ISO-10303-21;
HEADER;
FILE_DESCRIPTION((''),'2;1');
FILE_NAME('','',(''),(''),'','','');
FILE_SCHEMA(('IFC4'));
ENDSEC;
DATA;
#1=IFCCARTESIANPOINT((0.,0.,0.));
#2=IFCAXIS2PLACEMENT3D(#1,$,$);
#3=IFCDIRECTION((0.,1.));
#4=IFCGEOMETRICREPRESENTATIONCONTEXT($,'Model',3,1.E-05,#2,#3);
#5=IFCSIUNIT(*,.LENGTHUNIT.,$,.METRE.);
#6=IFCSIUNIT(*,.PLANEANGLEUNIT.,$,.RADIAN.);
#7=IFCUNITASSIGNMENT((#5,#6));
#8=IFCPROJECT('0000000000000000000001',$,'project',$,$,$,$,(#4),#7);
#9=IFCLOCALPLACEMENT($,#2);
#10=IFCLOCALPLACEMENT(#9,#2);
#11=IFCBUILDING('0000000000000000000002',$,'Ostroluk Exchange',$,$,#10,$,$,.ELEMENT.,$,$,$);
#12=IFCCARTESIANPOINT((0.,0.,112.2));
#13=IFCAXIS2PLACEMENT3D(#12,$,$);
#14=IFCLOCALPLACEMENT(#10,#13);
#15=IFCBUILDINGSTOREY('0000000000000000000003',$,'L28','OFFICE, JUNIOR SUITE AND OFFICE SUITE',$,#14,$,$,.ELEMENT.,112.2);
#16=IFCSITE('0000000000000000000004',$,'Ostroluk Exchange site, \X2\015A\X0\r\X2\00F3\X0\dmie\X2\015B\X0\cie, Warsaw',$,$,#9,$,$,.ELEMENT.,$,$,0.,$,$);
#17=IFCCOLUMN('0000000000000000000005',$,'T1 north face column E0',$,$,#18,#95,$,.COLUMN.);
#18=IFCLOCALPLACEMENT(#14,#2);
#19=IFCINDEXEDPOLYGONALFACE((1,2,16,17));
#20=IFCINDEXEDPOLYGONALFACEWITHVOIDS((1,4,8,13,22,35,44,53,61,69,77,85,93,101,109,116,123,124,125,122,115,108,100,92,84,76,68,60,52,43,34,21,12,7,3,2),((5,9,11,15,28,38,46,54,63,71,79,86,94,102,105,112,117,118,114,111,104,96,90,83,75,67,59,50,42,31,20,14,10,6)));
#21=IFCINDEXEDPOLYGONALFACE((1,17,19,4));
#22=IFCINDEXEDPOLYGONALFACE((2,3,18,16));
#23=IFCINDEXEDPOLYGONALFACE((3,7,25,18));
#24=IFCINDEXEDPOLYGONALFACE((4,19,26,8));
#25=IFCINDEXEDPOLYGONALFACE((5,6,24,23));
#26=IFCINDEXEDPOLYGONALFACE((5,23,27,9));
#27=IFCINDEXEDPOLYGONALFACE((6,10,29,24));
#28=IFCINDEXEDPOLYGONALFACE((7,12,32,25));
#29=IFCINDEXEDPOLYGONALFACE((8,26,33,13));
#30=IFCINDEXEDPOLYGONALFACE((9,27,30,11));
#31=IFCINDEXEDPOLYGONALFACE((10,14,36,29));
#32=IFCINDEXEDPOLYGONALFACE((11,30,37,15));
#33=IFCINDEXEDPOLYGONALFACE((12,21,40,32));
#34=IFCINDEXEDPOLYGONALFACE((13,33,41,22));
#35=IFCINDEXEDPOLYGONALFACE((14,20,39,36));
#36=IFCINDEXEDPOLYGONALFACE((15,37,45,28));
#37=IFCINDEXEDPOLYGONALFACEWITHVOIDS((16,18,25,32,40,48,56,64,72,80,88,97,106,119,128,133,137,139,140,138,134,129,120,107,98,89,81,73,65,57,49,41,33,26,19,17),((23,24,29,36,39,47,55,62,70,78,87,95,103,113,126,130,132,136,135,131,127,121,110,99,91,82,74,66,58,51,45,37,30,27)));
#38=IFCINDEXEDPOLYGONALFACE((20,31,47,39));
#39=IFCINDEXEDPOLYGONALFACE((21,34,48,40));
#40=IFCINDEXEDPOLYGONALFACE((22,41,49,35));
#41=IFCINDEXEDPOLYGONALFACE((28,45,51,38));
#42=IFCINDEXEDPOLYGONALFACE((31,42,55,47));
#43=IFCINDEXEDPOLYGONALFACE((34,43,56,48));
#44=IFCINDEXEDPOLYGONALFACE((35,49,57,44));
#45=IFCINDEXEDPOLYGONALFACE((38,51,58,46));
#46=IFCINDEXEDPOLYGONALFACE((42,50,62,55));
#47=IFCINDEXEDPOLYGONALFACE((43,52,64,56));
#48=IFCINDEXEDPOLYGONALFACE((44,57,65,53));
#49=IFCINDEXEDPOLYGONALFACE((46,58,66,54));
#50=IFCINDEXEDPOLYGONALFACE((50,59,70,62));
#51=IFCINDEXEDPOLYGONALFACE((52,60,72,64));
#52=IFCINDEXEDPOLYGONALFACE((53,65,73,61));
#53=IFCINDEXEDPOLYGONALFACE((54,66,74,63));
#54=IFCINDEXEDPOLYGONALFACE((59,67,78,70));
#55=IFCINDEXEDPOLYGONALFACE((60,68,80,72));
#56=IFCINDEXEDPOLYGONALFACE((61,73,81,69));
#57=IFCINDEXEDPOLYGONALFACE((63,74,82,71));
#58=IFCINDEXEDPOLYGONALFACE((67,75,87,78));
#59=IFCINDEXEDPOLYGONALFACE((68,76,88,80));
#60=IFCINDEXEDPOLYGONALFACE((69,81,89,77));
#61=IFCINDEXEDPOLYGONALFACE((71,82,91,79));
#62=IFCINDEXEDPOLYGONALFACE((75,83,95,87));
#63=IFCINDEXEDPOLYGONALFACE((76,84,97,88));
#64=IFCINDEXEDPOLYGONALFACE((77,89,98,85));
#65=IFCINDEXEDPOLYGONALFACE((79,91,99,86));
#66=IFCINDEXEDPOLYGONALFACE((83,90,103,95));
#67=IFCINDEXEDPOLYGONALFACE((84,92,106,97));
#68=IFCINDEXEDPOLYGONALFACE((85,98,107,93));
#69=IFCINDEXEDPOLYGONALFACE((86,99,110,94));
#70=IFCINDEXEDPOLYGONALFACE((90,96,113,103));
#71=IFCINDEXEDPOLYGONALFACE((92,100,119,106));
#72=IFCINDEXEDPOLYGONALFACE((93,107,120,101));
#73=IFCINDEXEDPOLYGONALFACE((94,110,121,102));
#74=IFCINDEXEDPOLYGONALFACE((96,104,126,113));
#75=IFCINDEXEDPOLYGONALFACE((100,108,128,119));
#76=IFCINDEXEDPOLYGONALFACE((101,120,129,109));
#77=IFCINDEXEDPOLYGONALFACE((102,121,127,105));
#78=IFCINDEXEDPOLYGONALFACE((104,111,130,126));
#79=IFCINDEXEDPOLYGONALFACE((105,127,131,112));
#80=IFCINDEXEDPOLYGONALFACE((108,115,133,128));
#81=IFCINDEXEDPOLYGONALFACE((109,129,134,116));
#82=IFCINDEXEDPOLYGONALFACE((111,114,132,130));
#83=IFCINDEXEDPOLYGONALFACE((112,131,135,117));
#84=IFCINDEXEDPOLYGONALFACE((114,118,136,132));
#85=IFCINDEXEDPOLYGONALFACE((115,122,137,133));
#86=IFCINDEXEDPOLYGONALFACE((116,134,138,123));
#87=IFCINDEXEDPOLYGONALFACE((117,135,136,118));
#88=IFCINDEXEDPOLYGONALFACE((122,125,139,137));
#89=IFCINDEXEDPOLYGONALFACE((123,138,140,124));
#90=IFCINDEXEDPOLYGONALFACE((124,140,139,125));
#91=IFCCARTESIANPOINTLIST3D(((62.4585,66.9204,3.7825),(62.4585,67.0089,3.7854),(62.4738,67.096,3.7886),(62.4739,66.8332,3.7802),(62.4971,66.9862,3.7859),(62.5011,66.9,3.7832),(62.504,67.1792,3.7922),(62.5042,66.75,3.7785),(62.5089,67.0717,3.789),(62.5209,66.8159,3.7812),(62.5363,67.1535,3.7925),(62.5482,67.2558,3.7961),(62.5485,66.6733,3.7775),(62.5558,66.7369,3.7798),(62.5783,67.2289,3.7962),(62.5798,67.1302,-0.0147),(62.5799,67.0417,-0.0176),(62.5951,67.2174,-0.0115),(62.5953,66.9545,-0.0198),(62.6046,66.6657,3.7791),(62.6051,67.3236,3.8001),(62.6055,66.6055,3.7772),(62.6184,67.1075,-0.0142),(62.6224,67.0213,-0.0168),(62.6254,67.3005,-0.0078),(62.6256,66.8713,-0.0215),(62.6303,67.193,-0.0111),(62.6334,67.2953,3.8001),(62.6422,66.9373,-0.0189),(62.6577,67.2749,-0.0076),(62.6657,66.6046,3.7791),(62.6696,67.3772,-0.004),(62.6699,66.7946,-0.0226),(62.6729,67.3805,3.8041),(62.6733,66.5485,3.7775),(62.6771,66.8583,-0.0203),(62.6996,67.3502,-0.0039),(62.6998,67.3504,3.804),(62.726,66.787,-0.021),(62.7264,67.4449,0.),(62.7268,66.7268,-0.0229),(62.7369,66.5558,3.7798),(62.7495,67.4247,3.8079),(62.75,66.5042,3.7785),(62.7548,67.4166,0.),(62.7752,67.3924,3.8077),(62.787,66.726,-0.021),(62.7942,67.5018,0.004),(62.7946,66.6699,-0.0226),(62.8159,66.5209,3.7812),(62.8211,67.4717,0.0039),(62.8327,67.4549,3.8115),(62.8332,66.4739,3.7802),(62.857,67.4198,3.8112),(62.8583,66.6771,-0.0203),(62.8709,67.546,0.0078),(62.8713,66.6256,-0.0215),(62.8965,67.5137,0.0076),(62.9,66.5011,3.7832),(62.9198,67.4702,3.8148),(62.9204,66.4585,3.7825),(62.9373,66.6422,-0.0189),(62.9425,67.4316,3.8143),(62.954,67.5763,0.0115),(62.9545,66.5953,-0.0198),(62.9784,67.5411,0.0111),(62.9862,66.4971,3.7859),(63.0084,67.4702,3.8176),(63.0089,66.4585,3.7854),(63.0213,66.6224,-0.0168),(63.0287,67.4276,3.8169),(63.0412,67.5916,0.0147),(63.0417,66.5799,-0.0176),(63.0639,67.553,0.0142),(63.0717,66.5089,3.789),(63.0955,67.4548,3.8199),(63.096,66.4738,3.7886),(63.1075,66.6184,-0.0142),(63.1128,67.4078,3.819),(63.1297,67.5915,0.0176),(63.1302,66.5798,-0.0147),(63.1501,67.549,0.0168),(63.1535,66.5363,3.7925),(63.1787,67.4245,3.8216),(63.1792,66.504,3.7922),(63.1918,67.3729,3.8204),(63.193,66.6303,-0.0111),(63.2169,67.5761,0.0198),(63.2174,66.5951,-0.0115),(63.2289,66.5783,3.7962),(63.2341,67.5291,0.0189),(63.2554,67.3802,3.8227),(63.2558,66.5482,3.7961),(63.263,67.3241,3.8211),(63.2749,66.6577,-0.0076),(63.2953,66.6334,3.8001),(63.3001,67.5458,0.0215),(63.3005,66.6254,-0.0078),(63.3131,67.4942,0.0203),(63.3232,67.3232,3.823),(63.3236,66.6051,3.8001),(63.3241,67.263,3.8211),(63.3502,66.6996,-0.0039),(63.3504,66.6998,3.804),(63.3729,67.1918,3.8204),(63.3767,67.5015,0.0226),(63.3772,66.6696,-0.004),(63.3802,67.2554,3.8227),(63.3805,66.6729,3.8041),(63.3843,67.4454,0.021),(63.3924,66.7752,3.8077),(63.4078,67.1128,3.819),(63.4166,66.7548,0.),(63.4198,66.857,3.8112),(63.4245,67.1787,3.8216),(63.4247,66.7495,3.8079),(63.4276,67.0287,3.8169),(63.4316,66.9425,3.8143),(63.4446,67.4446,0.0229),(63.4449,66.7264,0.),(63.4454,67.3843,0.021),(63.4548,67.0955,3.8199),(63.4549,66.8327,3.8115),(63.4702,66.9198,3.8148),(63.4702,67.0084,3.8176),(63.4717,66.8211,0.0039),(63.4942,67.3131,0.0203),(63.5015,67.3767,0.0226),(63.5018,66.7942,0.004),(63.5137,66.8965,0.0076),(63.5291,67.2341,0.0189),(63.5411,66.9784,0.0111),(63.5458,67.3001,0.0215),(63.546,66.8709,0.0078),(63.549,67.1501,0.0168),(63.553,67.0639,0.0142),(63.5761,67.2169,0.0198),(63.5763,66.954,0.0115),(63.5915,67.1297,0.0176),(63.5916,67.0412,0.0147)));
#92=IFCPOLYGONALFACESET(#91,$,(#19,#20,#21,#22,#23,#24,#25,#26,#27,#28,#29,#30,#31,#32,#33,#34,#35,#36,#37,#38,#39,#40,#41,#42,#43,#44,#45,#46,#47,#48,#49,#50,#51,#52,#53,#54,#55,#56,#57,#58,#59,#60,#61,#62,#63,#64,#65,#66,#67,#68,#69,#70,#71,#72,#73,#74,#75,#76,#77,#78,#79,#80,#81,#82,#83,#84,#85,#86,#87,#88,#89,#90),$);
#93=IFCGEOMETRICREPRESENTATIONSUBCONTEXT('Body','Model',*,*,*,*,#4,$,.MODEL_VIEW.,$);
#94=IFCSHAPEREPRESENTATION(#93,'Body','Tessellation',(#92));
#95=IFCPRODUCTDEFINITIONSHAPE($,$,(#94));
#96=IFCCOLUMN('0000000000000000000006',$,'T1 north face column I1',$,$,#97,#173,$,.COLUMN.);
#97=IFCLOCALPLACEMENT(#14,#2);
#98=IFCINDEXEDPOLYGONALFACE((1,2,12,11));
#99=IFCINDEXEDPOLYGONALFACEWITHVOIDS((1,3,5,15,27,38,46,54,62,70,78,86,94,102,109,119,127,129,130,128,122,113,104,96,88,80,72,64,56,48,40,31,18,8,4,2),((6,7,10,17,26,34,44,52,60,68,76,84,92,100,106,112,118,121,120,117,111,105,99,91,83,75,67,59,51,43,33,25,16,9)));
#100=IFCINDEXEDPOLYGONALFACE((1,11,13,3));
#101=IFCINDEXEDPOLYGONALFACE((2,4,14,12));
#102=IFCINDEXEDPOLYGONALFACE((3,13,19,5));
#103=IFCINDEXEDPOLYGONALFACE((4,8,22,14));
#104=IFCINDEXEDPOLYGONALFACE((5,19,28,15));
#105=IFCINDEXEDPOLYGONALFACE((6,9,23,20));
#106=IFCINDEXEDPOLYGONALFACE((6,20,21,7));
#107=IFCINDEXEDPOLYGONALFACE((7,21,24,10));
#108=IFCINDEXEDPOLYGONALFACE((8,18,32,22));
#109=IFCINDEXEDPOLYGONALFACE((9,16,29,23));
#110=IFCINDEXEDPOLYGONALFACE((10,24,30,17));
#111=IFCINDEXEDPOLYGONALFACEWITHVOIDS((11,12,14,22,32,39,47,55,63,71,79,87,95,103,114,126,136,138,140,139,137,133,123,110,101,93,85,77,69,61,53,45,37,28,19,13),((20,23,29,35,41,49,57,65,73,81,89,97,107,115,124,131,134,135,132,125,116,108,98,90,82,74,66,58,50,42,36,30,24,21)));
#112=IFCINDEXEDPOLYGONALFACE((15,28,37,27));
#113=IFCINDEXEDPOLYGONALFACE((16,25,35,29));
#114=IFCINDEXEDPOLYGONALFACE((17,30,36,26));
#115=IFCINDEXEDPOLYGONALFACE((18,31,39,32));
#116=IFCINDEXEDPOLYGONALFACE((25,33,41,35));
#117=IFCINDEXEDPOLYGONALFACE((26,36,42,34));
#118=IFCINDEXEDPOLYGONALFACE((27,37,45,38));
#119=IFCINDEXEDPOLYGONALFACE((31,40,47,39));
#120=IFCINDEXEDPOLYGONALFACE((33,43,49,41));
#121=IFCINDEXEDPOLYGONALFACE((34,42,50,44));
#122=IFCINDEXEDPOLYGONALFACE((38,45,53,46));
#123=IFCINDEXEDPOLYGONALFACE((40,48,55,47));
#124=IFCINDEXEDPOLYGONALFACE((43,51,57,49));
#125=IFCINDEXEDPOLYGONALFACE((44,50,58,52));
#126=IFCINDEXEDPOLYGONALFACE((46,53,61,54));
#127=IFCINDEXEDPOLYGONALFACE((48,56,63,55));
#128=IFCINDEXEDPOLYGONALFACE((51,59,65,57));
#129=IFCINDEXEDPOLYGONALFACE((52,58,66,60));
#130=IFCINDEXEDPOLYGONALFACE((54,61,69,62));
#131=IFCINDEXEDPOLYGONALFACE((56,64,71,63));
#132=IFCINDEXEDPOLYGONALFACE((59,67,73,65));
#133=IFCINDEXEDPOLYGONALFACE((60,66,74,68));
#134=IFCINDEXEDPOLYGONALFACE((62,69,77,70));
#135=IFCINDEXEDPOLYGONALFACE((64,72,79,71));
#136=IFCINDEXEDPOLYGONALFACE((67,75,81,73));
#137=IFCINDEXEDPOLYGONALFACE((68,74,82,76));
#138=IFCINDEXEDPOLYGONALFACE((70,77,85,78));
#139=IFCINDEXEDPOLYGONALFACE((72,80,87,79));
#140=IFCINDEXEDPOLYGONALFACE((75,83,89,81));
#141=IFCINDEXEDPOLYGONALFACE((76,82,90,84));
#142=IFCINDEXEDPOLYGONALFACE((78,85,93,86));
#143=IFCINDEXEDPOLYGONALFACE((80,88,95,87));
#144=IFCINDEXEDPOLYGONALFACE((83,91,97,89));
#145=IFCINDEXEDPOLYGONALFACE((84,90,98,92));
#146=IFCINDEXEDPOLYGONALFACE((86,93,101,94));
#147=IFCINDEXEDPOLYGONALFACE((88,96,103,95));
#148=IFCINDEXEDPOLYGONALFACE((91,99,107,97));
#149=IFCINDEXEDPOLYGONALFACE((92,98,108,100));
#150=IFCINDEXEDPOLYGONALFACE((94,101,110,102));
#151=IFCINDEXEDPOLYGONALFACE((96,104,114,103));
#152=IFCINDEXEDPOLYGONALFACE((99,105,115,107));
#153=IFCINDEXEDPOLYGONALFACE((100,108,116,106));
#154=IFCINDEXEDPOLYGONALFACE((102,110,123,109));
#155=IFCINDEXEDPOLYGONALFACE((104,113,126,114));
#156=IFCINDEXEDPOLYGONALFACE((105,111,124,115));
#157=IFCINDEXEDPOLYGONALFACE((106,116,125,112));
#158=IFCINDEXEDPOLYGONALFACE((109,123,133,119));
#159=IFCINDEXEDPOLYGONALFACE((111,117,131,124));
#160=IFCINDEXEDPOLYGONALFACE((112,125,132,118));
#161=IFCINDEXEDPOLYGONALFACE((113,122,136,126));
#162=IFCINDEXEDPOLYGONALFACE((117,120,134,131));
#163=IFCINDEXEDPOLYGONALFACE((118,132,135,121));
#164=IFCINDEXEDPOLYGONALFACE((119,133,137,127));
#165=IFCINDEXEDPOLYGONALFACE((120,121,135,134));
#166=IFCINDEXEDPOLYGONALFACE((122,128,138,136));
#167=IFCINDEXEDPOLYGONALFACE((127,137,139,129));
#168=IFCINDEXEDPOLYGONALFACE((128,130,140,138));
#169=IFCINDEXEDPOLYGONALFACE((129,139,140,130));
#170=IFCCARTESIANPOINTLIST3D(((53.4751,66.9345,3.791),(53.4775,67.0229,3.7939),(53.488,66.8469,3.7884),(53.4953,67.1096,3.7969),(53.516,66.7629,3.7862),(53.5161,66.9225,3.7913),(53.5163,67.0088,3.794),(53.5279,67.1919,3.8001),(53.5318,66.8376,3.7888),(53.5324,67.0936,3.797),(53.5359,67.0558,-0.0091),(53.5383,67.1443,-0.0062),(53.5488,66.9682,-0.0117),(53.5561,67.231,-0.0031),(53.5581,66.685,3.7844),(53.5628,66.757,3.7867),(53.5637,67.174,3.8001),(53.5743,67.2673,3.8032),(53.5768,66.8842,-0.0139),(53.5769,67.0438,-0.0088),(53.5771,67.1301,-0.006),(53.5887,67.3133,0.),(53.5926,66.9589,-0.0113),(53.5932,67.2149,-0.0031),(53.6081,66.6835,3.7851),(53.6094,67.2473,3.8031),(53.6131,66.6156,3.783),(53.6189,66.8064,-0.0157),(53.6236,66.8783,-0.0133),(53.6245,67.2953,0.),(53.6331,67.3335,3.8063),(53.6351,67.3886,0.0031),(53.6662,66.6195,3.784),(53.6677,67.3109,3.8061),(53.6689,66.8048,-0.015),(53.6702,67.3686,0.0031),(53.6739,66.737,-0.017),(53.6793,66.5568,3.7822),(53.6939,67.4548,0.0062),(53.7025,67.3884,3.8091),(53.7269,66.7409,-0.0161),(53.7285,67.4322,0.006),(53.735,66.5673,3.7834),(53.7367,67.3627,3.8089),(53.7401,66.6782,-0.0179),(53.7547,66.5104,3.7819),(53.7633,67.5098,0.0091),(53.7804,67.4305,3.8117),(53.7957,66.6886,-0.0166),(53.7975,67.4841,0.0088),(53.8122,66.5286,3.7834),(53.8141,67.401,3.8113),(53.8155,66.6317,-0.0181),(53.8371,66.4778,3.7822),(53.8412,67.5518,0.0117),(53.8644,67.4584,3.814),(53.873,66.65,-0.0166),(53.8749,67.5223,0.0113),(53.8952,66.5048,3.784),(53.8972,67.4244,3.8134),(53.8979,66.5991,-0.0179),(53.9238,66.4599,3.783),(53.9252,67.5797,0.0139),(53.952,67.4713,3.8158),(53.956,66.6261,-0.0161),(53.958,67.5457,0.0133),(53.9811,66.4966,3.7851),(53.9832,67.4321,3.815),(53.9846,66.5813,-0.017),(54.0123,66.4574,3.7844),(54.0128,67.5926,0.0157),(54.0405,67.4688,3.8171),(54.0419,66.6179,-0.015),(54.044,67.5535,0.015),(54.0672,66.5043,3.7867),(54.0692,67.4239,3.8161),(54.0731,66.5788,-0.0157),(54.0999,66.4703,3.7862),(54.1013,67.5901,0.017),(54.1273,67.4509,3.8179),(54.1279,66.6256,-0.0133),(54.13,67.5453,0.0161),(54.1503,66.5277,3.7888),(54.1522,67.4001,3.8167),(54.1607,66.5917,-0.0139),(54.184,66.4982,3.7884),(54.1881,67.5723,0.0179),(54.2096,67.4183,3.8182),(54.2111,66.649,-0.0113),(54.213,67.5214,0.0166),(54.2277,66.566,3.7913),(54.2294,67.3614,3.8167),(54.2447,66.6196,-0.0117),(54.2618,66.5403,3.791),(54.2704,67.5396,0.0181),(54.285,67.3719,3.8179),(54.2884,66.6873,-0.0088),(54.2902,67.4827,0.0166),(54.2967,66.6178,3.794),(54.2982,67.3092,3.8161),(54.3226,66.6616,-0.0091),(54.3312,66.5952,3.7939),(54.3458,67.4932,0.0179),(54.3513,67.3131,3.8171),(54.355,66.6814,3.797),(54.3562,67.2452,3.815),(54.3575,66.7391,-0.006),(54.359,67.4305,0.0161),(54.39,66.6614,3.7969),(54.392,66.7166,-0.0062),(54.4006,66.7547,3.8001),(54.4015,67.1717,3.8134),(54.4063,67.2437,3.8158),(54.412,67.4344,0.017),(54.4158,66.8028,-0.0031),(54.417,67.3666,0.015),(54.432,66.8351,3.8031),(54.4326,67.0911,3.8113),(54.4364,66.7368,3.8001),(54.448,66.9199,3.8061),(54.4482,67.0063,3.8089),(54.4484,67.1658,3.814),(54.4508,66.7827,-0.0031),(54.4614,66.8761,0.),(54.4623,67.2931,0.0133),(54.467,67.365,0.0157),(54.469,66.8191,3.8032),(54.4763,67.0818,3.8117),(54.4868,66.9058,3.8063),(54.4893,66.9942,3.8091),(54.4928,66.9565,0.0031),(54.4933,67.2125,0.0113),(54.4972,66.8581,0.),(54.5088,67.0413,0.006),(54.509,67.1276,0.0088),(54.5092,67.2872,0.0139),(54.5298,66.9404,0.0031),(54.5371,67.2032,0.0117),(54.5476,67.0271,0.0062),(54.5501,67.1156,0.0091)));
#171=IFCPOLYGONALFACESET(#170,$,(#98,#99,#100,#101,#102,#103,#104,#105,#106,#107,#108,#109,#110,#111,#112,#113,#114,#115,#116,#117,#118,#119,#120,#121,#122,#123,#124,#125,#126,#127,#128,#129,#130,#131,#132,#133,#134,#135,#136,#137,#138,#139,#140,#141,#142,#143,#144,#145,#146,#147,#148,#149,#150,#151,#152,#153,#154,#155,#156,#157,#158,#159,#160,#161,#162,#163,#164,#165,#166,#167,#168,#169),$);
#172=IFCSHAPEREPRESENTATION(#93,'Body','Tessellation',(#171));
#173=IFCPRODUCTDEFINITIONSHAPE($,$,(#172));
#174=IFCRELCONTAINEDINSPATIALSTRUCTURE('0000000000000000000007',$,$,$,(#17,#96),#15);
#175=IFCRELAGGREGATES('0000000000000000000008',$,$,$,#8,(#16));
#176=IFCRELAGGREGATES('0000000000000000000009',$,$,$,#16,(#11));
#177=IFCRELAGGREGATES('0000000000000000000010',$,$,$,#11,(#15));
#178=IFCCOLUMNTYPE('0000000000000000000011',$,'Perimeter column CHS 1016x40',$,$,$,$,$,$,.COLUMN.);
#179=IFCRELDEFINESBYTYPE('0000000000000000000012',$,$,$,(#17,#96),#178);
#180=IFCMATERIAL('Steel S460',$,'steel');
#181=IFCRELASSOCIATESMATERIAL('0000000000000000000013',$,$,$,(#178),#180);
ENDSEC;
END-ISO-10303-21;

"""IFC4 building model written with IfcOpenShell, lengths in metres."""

from ifc_helpers import new_model, si_unit, direction, frame, origin, origin_2d, place, context, subcontext, project, spatial, hollow_circle, extrude, material, material_profile, profile_set, type_object, element, save


model = new_model("IFC4")

# Units and contexts
model_context = context("Model", 3, precision=1e-05, world=origin(), true_north=direction((0.0, 1.0)))
body_context = subcontext(model_context, "Body", "Model", "MODEL_VIEW")
ifc_project = project(units=[si_unit("LENGTHUNIT", "METRE"), si_unit("PLANEANGLEUNIT", "RADIAN")], contexts=[model_context])

# Site, building, storey
site_placement = place(None, origin())
site = spatial("IfcSite", under=ifc_project, at=site_placement, Name="Ostroluk Exchange site, Śródmieście, Warsaw", CompositionType="ELEMENT", RefElevation=0.0)
building_placement = place(site_placement, origin())
building = spatial("IfcBuilding", under=site, at=building_placement, Name="Ostroluk Exchange", CompositionType="ELEMENT")
storey_placement = place(building_placement, frame((0.0, 0.0, 112.2)))
storey = spatial("IfcBuildingStorey", under=building, at=storey_placement, Name="L28", Description="OFFICE, JUNIOR SUITE AND OFFICE SUITE", CompositionType="ELEMENT", Elevation=112.2)

# Columns
ifc_material_1 = material(Name="Steel S460", Category="steel")
ifc_material_profile_1 = material_profile(ifc_material_1, hollow_circle(Radius=0.5081, WallThickness=0.04, at=origin_2d()), Name="CHS 1016x40")
ifc_profile_set_1 = profile_set([ifc_material_profile_1], Name="Steel S460")
column_type = type_object("IfcColumnType", Name="Perimeter column CHS 1016x40", PredefinedType="COLUMN", material=ifc_profile_set_1)
column_1_placement = place(storey_placement, frame((63.0857, 67.0857, 0.0), z_axis=(-0.031898, -0.031898, 0.998982), x_axis=(0.707107, -0.707107, 0.0)))
element("IfcColumn", 1, at=column_1_placement, inside=storey, type_object=column_type, Name="T1 north face column E0", PredefinedType="COLUMN", context=body_context, shape_type="SweptSolid", body=[
    extrude(hollow_circle(Radius=0.5081, WallThickness=0.04, at=origin_2d()), origin(), (0.0, 0.0, 1.0), 3.804),
])
column_2_placement = place(storey_placement, frame((54.043, 67.0857, 0.0), z_axis=(-0.015987, -0.03191, 0.999363), x_axis=(0.894067, -0.447933, 0.0)))
element("IfcColumn", 2, at=column_2_placement, inside=storey, type_object=column_type, Name="T1 north face column I1", PredefinedType="COLUMN", context=body_context, shape_type="SweptSolid", body=[
    extrude(hollow_circle(Radius=0.5081, WallThickness=0.04, at=origin_2d()), origin(), (0.0, 0.0, 1.0), 3.8025),
])

save(model, "model.ifc")
